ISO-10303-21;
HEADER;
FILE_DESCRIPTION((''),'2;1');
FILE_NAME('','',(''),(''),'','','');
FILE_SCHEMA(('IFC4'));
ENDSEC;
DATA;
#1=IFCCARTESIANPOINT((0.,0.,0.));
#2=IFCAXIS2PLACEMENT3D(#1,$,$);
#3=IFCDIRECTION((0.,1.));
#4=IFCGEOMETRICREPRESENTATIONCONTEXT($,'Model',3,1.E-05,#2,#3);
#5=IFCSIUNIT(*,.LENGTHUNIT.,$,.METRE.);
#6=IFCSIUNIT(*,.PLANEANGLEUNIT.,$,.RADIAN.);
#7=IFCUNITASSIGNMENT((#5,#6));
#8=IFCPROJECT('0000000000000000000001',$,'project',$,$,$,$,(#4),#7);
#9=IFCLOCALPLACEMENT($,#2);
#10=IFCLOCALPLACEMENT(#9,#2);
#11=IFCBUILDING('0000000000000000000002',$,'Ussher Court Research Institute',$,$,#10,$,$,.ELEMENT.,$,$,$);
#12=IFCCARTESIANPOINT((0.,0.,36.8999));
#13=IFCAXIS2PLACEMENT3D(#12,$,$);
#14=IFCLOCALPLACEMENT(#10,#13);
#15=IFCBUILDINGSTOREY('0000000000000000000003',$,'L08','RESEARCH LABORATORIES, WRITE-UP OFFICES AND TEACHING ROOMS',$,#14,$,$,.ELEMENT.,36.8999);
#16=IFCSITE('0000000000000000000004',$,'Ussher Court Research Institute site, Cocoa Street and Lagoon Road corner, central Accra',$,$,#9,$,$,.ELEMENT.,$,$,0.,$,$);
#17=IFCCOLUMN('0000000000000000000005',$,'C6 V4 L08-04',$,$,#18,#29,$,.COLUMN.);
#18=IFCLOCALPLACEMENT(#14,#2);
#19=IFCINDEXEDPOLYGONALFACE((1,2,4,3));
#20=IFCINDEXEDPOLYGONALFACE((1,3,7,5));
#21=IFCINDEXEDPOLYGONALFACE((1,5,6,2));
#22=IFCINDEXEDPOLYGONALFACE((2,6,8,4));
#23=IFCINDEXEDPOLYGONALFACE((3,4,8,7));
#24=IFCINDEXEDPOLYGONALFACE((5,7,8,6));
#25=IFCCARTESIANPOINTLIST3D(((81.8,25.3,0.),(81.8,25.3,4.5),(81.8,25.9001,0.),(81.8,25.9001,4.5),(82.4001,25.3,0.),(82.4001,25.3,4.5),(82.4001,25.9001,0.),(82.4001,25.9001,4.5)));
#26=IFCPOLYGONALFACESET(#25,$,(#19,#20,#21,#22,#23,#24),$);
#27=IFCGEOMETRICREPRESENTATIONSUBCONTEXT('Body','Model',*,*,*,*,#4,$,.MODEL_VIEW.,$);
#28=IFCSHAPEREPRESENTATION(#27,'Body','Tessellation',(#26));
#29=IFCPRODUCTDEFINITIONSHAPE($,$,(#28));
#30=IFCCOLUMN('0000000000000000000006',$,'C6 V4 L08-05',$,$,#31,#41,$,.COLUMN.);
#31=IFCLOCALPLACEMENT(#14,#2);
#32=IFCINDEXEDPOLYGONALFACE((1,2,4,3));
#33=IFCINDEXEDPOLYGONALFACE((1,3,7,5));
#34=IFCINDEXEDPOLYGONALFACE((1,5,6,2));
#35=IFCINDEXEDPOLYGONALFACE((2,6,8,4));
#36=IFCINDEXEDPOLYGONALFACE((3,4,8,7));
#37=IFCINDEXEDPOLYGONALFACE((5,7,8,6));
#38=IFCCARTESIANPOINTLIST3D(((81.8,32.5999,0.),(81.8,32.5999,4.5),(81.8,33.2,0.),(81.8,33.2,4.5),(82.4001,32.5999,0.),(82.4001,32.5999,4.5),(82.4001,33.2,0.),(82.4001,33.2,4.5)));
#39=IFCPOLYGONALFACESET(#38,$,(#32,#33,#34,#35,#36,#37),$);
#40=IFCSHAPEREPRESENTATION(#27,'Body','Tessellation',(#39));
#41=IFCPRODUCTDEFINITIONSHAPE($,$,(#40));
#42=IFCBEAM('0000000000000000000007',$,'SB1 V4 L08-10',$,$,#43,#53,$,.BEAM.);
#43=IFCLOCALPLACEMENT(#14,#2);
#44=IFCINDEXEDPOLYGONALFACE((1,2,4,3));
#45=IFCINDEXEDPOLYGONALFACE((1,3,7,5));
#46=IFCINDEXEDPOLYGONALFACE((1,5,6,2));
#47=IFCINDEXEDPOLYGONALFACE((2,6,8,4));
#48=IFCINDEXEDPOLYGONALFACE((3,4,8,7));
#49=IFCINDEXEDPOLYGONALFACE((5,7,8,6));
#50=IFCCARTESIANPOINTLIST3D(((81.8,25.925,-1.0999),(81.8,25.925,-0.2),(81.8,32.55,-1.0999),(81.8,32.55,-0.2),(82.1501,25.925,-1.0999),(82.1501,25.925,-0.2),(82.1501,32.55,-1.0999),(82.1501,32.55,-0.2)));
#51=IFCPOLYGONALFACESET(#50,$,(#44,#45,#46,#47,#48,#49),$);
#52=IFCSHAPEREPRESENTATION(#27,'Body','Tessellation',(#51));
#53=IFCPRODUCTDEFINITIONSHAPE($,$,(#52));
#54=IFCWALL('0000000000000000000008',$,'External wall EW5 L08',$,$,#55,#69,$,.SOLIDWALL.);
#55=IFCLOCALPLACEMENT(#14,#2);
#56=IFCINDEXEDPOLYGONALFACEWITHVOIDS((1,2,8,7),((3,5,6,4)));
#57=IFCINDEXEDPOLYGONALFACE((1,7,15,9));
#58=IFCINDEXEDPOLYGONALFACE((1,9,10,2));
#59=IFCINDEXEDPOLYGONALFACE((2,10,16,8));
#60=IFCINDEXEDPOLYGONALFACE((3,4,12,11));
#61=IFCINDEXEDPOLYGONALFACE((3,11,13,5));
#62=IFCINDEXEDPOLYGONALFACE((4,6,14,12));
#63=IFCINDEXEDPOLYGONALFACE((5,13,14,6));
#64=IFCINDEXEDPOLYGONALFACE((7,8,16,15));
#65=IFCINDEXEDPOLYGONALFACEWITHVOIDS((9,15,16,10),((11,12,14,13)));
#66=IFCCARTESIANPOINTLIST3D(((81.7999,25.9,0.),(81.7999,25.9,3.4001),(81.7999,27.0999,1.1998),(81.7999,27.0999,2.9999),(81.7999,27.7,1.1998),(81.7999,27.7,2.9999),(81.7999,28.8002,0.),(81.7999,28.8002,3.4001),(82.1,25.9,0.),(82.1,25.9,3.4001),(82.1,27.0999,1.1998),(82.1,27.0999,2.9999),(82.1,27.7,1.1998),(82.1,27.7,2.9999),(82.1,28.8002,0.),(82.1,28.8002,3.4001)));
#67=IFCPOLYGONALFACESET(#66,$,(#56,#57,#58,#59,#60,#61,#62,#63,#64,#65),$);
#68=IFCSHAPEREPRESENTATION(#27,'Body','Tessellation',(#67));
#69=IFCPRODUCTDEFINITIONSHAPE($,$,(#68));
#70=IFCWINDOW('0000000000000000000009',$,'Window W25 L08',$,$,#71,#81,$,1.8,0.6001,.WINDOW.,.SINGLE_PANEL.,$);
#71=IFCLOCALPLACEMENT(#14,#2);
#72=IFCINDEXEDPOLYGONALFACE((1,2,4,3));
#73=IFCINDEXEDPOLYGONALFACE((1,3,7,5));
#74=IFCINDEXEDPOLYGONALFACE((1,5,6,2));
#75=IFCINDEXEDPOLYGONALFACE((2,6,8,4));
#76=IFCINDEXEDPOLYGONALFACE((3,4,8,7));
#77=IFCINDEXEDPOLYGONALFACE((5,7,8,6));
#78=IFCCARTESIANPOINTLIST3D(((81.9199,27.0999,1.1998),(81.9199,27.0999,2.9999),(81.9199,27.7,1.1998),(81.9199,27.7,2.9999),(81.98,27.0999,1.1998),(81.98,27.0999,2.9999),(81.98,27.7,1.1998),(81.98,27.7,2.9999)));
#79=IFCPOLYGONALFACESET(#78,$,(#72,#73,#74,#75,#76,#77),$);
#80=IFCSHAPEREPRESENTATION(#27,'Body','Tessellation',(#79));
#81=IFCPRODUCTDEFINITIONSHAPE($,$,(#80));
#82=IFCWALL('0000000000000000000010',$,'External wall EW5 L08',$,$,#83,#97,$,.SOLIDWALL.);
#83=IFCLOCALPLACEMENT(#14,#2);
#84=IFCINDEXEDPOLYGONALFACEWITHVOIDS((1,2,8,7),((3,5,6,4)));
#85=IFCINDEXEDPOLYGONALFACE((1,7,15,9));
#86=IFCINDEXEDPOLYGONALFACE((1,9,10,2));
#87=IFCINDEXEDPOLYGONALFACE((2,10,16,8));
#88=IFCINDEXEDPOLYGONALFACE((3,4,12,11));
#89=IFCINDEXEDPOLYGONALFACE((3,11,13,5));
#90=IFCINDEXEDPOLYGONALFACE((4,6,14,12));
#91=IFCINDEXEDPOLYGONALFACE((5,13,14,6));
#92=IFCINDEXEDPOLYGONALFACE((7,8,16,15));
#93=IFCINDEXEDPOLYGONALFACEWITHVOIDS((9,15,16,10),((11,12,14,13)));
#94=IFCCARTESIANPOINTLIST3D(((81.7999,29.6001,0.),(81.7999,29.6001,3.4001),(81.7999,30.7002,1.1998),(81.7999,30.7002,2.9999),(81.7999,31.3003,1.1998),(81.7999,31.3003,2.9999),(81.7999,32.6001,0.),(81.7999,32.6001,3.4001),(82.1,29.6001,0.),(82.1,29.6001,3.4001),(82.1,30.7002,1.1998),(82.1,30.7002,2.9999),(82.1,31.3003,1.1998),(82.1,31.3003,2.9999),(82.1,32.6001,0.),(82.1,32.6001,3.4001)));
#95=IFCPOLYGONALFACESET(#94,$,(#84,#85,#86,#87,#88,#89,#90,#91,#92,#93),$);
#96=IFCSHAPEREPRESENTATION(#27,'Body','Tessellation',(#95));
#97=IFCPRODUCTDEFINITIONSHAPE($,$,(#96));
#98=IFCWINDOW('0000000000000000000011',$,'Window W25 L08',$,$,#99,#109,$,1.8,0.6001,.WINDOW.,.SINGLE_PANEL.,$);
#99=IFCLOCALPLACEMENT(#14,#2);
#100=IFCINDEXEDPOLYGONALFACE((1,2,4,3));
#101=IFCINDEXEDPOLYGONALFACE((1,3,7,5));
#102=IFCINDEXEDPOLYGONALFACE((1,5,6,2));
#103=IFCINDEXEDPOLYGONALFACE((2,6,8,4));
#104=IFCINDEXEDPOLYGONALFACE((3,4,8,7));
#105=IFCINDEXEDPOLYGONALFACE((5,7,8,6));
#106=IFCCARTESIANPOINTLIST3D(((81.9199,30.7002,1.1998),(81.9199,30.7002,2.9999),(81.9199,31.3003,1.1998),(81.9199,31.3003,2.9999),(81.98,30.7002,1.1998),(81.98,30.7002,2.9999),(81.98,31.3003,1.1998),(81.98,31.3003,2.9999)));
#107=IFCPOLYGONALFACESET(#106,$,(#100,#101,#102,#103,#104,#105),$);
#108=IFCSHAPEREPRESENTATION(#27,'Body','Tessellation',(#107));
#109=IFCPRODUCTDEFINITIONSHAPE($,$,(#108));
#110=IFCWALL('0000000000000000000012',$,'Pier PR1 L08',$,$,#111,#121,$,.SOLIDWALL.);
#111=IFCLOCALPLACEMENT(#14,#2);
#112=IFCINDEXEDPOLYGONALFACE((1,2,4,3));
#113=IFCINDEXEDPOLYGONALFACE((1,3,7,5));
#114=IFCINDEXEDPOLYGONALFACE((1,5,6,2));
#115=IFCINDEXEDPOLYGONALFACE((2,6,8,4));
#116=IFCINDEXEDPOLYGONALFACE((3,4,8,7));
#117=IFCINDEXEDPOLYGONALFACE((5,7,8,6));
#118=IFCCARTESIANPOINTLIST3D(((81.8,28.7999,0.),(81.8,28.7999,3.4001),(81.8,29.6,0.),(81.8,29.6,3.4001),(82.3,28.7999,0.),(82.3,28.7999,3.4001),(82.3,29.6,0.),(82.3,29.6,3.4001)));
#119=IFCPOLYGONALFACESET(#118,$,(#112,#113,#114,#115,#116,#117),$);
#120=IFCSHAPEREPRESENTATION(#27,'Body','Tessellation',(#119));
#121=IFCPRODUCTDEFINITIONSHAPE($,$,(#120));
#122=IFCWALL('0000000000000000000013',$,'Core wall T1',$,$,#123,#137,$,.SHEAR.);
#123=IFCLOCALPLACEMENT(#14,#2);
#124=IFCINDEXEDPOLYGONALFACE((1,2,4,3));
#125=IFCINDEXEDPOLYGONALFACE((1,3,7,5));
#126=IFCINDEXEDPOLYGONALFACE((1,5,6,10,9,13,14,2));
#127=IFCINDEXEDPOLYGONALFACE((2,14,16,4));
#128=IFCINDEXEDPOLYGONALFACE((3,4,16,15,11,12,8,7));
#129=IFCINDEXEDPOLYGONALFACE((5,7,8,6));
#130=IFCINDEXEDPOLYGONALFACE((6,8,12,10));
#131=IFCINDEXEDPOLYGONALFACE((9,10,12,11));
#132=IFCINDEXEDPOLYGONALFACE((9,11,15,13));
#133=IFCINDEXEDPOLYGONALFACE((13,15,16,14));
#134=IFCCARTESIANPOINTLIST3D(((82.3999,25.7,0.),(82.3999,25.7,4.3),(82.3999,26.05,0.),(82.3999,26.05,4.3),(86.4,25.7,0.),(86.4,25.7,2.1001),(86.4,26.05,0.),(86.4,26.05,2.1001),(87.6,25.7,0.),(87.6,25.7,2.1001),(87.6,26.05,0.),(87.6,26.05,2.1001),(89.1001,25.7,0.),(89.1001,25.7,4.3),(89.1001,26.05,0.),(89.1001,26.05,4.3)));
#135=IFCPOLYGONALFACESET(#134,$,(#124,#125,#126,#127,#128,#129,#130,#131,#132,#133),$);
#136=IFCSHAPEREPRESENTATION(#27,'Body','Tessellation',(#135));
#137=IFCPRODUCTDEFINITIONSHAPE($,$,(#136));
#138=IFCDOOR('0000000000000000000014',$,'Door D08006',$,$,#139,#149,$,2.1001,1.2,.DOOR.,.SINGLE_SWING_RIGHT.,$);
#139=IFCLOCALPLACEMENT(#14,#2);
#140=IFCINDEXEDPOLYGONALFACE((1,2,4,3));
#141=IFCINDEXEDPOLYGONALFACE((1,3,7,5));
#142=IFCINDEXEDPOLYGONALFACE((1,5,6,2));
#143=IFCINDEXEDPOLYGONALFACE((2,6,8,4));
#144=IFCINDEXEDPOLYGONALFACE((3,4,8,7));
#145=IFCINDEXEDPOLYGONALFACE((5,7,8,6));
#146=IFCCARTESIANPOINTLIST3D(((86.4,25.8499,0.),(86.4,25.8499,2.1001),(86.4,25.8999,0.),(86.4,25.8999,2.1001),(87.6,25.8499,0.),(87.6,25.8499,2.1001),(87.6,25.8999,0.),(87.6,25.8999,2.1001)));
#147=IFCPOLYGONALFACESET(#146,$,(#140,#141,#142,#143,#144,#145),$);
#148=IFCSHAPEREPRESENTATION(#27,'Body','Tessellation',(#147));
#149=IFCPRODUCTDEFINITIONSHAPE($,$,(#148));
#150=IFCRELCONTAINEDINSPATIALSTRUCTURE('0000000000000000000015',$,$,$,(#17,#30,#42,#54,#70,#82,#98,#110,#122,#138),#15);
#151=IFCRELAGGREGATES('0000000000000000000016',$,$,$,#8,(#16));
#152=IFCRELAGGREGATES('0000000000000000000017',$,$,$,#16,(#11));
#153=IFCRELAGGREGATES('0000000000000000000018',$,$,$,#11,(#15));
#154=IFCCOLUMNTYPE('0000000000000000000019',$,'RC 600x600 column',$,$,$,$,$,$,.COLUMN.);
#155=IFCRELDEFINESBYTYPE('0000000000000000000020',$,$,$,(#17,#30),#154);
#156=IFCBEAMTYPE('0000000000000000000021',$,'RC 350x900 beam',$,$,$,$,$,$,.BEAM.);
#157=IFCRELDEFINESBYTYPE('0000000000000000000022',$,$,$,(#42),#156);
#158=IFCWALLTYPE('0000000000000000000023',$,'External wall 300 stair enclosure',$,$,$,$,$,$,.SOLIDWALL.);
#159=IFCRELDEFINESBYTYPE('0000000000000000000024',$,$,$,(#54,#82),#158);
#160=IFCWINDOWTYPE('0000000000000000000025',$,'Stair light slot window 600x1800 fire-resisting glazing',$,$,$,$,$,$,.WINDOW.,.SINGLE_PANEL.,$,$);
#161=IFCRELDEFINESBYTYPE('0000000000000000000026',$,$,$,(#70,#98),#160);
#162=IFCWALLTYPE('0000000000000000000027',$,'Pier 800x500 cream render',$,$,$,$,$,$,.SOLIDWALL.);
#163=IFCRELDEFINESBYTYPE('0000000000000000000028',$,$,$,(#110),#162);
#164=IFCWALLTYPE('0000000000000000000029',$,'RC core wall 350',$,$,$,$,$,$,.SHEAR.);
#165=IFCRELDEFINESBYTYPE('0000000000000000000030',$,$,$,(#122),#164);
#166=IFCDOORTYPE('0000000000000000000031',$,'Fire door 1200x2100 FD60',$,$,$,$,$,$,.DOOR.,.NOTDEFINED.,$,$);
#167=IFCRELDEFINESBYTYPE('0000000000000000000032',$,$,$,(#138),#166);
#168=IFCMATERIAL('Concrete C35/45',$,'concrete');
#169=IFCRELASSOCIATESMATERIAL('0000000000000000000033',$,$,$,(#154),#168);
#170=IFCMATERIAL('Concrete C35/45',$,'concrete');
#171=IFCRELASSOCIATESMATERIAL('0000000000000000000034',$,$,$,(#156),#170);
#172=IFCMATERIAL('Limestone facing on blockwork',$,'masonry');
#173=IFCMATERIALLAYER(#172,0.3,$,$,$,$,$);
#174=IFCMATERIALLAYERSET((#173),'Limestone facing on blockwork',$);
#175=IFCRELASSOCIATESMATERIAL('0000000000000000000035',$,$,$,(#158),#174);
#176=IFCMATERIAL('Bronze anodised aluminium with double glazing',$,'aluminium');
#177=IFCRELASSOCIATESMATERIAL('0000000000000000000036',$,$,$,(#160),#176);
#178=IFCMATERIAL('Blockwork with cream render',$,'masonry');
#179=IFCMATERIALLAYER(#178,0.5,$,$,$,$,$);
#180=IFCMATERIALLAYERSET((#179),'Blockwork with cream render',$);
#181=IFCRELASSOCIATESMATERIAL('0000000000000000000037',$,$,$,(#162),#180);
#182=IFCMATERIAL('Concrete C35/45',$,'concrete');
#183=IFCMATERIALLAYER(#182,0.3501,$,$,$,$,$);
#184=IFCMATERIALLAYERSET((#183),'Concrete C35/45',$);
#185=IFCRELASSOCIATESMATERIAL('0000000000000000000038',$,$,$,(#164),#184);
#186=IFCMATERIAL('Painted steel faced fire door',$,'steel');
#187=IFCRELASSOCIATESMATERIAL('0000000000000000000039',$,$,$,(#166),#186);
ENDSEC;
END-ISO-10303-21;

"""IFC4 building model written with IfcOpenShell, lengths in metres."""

from ifc_helpers import new_model, si_unit, direction, frame, frame_2d, origin, origin_2d, place, context, subcontext, project, spatial, rectangle, extrude, material, layer, layer_set, material_profile, profile_set, type_object, element, fill, save


model = new_model("IFC4")

# Units and contexts
model_context = context("Model", 3, precision=1e-05, world=origin(), true_north=direction((0.0, 1.0)))
body_context = subcontext(model_context, "Body", "Model", "MODEL_VIEW")
ifc_project = project(units=[si_unit("LENGTHUNIT", "METRE"), si_unit("PLANEANGLEUNIT", "RADIAN")], contexts=[model_context])

# Site, building, storey
site_placement = place(None, origin())
site = spatial("IfcSite", under=ifc_project, at=site_placement, Name="Ussher Court Research Institute site, Cocoa Street and Lagoon Road corner, central Accra", CompositionType="ELEMENT", RefElevation=0.0)
building_placement = place(site_placement, origin())
building = spatial("IfcBuilding", under=site, at=building_placement, Name="Ussher Court Research Institute", CompositionType="ELEMENT")
storey_placement = place(building_placement, frame((0.0, 0.0, 36.8999)))
storey = spatial("IfcBuildingStorey", under=building, at=storey_placement, Name="L08", Description="RESEARCH LABORATORIES, WRITE-UP OFFICES AND TEACHING ROOMS", CompositionType="ELEMENT", Elevation=36.8999)

# Columns
ifc_material_1 = material(Name="Concrete C35/45", Category="concrete")
ifc_material_profile_1 = material_profile(ifc_material_1, rectangle(XDim=0.6001, YDim=0.6001, at=origin_2d()), Name="RC 600x600")
ifc_profile_set_1 = profile_set([ifc_material_profile_1], Name="Concrete C35/45")
column_type = type_object("IfcColumnType", Name="RC 600x600 column", PredefinedType="COLUMN", material=ifc_profile_set_1)
for number, where, z_axis, x_axis, name in (
    (1, (82.1001, 25.6001, 0.0), (0.0, 0.0, 1.0), (1.0, 0.0, 0.0), "C6 V4 L08-04"),
    (2, (82.1001, 32.8999, 0.0), (0.0, 0.0, 1.0), (1.0, 0.0, 0.0), "C6 V4 L08-05"),
):
    element("IfcColumn", number, at=place(storey_placement, frame(where, z_axis=z_axis, x_axis=x_axis)), inside=storey, type_object=column_type, Name=name, PredefinedType="COLUMN", context=body_context, shape_type="SweptSolid", body=[
        extrude(rectangle(XDim=0.6001, YDim=0.6001, at=origin_2d()), origin(), (0.0, 0.0, 1.0), 4.5),
    ])

# Beam
ifc_material_2 = material(Name="Concrete C35/45", Category="concrete")
ifc_material_profile_2 = material_profile(ifc_material_2, rectangle(XDim=0.3501, YDim=0.8999, at=origin_2d()), Name="RC 350x900")
ifc_profile_set_2 = profile_set([ifc_material_profile_2], Name="Concrete C35/45")
beam_type = type_object("IfcBeamType", Name="RC 350x900 beam", PredefinedType="BEAM", material=ifc_profile_set_2)
beam_placement = place(storey_placement, frame((81.9751, 25.925, -0.6499), z_axis=(0.0, 1.0, 0.0), x_axis=(-1.0, 0.0, 0.0)))
element("IfcBeam", 3, at=beam_placement, inside=storey, type_object=beam_type, Name="SB1 V4 L08-10", PredefinedType="BEAM", context=body_context, shape_type="SweptSolid", body=[
    extrude(rectangle(XDim=0.3501, YDim=0.8999, at=origin_2d()), origin(), (0.0, 0.0, 1.0), 6.625),
])

# Walls, openings, windows
ifc_material_3 = material(Name="Limestone facing on blockwork", Category="masonry")
ifc_layer_1 = layer(ifc_material_3, 0.3)
ifc_layer_set_1 = layer_set([ifc_layer_1], Name="Limestone facing on blockwork")
wall_type_1 = type_object("IfcWallType", Name="External wall 300 stair enclosure", PredefinedType="SOLIDWALL", material=ifc_layer_set_1)
wall_1_placement = place(storey_placement, frame((81.95, 25.8999, 0.0), z_axis=(0.0, 0.0, 1.0), x_axis=(0.0, 1.0, 0.0)))
wall_1 = element("IfcWall", 4, at=wall_1_placement, inside=storey, type_object=wall_type_1, Name="External wall EW5 L08", PredefinedType="SOLIDWALL", context=body_context, shape_type="SweptSolid", body=[
    extrude(rectangle(XDim=2.9001, YDim=0.3, at=frame_2d((1.4502, 0.0))), origin(), (0.0, 0.0, 1.0), 3.4001),
])
opening_1_placement = place(wall_1_placement, frame((1.2, 0.0, 1.2)))
opening_1 = element("IfcOpeningElement", 5, at=opening_1_placement, cuts=wall_1, PredefinedType="OPENING", context=body_context, shape_type="SweptSolid", body=[
    extrude(rectangle(XDim=0.6001, YDim=1.8, at=frame_2d((0.3, 0.8999))), frame((0.0, 0.1602, 0.0), z_axis=(0.0, -1.0, 0.0), x_axis=(1.0, 0.0, 0.0)), (0.0, 0.0, 1.0), 0.3201),
])
ifc_material_4 = material(Name="Bronze anodised aluminium with double glazing", Category="aluminium")
window_type = type_object("IfcWindowType", Name="Stair light slot window 600x1800 fire-resisting glazing", PartitioningType="SINGLE_PANEL", PredefinedType="WINDOW", material=ifc_material_4)
window_1_placement = place(opening_1_placement, origin())
window_1 = element("IfcWindow", 6, at=window_1_placement, inside=storey, type_object=window_type, Name="Window W25 L08", OverallHeight=1.8, OverallWidth=0.6001, PartitioningType="SINGLE_PANEL", PredefinedType="WINDOW", context=body_context, shape_type="SweptSolid", body=[
    extrude(rectangle(XDim=0.6001, YDim=1.8, at=frame_2d((0.3, 0.8999))), frame((0.0, 0.03, 0.0), z_axis=(0.0, -1.0, 0.0), x_axis=(1.0, 0.0, 0.0)), (0.0, 0.0, 1.0), 0.0601),
])
fill(opening_1, window_1)
wall_2_placement = place(storey_placement, frame((81.95, 29.6001, 0.0), z_axis=(0.0, 0.0, 1.0), x_axis=(0.0, 1.0, 0.0)))
wall_2 = element("IfcWall", 7, at=wall_2_placement, inside=storey, type_object=wall_type_1, Name="External wall EW5 L08", PredefinedType="SOLIDWALL", context=body_context, shape_type="SweptSolid", body=[
    extrude(rectangle(XDim=3.0, YDim=0.3, at=frame_2d((1.5, 0.0))), origin(), (0.0, 0.0, 1.0), 3.4001),
])
opening_2_placement = place(wall_2_placement, frame((1.1001, 0.0, 1.2)))
opening_2 = element("IfcOpeningElement", 8, at=opening_2_placement, cuts=wall_2, PredefinedType="OPENING", context=body_context, shape_type="SweptSolid", body=[
    extrude(rectangle(XDim=0.6001, YDim=1.8, at=frame_2d((0.3, 0.8999))), frame((0.0, 0.1602, 0.0), z_axis=(0.0, -1.0, 0.0), x_axis=(1.0, 0.0, 0.0)), (0.0, 0.0, 1.0), 0.3201),
])
window_2_placement = place(opening_2_placement, origin())
window_2 = element("IfcWindow", 9, at=window_2_placement, inside=storey, type_object=window_type, Name="Window W25 L08", OverallHeight=1.8, OverallWidth=0.6001, PartitioningType="SINGLE_PANEL", PredefinedType="WINDOW", context=body_context, shape_type="SweptSolid", body=[
    extrude(rectangle(XDim=0.6001, YDim=1.8, at=frame_2d((0.3, 0.8999))), frame((0.0, 0.03, 0.0), z_axis=(0.0, -1.0, 0.0), x_axis=(1.0, 0.0, 0.0)), (0.0, 0.0, 1.0), 0.0601),
])
fill(opening_2, window_2)

# Wall
ifc_material_5 = material(Name="Blockwork with cream render", Category="masonry")
ifc_layer_2 = layer(ifc_material_5, 0.5)
ifc_layer_set_2 = layer_set([ifc_layer_2], Name="Blockwork with cream render")
wall_type_2 = type_object("IfcWallType", Name="Pier 800x500 cream render", PredefinedType="SOLIDWALL", material=ifc_layer_set_2)
wall_3_placement = place(storey_placement, frame((82.05, 28.8, 0.0), z_axis=(0.0, 0.0, 1.0), x_axis=(0.0, 1.0, 0.0)))
element("IfcWall", 10, at=wall_3_placement, inside=storey, type_object=wall_type_2, Name="Pier PR1 L08", PredefinedType="SOLIDWALL", context=body_context, shape_type="SweptSolid", body=[
    extrude(rectangle(XDim=0.8, YDim=0.5, at=frame_2d((0.3999, 0.0))), origin(), (0.0, 0.0, 1.0), 3.4001),
])

# Wall, opening, door
ifc_material_6 = material(Name="Concrete C35/45", Category="concrete")
ifc_layer_3 = layer(ifc_material_6, 0.3501)
ifc_layer_set_3 = layer_set([ifc_layer_3], Name="Concrete C35/45")
wall_type_3 = type_object("IfcWallType", Name="RC core wall 350", PredefinedType="SHEAR", material=ifc_layer_set_3)
wall_4_placement = place(storey_placement, frame((82.3999, 25.875, 0.0), z_axis=(0.0, 0.0, 1.0), x_axis=(1.0, 0.0, 0.0)))
wall_4 = element("IfcWall", 11, at=wall_4_placement, inside=storey, type_object=wall_type_3, Name="Core wall T1", PredefinedType="SHEAR", context=body_context, shape_type="SweptSolid", body=[
    extrude(rectangle(XDim=6.7002, YDim=0.3501, at=frame_2d((3.3501, 0.0))), origin(), (0.0, 0.0, 1.0), 4.3),
])
opening_3_placement = place(wall_4_placement, frame((4.0, 0.0, 0.0)))
opening_3 = element("IfcOpeningElement", 12, at=opening_3_placement, cuts=wall_4, PredefinedType="OPENING", context=body_context, shape_type="SweptSolid", body=[
    extrude(rectangle(XDim=1.2, YDim=2.1001, at=frame_2d((0.6001, 1.05))), frame((0.0, 0.1851, 0.0), z_axis=(0.0, -1.0, 0.0), x_axis=(1.0, 0.0, 0.0)), (0.0, 0.0, 1.0), 0.3701),
])
ifc_material_7 = material(Name="Painted steel faced fire door", Category="steel")
door_type = type_object("IfcDoorType", Name="Fire door 1200x2100 FD60", OperationType="NOTDEFINED", PredefinedType="DOOR", material=ifc_material_7)
door_placement = place(opening_3_placement, origin())
door = element("IfcDoor", 13, at=door_placement, inside=storey, type_object=door_type, Name="Door D08006", OperationType="SINGLE_SWING_RIGHT", OverallHeight=2.1001, OverallWidth=1.2, PredefinedType="DOOR", context=body_context, shape_type="SweptSolid", body=[
    extrude(rectangle(XDim=1.2, YDim=2.1001, at=frame_2d((0.6001, 1.05))), frame((0.0, 0.0249, 0.0), z_axis=(0.0, -1.0, 0.0), x_axis=(1.0, 0.0, 0.0)), (0.0, 0.0, 1.0), 0.05),
])
fill(opening_3, door)

save(model, "model.ifc")
